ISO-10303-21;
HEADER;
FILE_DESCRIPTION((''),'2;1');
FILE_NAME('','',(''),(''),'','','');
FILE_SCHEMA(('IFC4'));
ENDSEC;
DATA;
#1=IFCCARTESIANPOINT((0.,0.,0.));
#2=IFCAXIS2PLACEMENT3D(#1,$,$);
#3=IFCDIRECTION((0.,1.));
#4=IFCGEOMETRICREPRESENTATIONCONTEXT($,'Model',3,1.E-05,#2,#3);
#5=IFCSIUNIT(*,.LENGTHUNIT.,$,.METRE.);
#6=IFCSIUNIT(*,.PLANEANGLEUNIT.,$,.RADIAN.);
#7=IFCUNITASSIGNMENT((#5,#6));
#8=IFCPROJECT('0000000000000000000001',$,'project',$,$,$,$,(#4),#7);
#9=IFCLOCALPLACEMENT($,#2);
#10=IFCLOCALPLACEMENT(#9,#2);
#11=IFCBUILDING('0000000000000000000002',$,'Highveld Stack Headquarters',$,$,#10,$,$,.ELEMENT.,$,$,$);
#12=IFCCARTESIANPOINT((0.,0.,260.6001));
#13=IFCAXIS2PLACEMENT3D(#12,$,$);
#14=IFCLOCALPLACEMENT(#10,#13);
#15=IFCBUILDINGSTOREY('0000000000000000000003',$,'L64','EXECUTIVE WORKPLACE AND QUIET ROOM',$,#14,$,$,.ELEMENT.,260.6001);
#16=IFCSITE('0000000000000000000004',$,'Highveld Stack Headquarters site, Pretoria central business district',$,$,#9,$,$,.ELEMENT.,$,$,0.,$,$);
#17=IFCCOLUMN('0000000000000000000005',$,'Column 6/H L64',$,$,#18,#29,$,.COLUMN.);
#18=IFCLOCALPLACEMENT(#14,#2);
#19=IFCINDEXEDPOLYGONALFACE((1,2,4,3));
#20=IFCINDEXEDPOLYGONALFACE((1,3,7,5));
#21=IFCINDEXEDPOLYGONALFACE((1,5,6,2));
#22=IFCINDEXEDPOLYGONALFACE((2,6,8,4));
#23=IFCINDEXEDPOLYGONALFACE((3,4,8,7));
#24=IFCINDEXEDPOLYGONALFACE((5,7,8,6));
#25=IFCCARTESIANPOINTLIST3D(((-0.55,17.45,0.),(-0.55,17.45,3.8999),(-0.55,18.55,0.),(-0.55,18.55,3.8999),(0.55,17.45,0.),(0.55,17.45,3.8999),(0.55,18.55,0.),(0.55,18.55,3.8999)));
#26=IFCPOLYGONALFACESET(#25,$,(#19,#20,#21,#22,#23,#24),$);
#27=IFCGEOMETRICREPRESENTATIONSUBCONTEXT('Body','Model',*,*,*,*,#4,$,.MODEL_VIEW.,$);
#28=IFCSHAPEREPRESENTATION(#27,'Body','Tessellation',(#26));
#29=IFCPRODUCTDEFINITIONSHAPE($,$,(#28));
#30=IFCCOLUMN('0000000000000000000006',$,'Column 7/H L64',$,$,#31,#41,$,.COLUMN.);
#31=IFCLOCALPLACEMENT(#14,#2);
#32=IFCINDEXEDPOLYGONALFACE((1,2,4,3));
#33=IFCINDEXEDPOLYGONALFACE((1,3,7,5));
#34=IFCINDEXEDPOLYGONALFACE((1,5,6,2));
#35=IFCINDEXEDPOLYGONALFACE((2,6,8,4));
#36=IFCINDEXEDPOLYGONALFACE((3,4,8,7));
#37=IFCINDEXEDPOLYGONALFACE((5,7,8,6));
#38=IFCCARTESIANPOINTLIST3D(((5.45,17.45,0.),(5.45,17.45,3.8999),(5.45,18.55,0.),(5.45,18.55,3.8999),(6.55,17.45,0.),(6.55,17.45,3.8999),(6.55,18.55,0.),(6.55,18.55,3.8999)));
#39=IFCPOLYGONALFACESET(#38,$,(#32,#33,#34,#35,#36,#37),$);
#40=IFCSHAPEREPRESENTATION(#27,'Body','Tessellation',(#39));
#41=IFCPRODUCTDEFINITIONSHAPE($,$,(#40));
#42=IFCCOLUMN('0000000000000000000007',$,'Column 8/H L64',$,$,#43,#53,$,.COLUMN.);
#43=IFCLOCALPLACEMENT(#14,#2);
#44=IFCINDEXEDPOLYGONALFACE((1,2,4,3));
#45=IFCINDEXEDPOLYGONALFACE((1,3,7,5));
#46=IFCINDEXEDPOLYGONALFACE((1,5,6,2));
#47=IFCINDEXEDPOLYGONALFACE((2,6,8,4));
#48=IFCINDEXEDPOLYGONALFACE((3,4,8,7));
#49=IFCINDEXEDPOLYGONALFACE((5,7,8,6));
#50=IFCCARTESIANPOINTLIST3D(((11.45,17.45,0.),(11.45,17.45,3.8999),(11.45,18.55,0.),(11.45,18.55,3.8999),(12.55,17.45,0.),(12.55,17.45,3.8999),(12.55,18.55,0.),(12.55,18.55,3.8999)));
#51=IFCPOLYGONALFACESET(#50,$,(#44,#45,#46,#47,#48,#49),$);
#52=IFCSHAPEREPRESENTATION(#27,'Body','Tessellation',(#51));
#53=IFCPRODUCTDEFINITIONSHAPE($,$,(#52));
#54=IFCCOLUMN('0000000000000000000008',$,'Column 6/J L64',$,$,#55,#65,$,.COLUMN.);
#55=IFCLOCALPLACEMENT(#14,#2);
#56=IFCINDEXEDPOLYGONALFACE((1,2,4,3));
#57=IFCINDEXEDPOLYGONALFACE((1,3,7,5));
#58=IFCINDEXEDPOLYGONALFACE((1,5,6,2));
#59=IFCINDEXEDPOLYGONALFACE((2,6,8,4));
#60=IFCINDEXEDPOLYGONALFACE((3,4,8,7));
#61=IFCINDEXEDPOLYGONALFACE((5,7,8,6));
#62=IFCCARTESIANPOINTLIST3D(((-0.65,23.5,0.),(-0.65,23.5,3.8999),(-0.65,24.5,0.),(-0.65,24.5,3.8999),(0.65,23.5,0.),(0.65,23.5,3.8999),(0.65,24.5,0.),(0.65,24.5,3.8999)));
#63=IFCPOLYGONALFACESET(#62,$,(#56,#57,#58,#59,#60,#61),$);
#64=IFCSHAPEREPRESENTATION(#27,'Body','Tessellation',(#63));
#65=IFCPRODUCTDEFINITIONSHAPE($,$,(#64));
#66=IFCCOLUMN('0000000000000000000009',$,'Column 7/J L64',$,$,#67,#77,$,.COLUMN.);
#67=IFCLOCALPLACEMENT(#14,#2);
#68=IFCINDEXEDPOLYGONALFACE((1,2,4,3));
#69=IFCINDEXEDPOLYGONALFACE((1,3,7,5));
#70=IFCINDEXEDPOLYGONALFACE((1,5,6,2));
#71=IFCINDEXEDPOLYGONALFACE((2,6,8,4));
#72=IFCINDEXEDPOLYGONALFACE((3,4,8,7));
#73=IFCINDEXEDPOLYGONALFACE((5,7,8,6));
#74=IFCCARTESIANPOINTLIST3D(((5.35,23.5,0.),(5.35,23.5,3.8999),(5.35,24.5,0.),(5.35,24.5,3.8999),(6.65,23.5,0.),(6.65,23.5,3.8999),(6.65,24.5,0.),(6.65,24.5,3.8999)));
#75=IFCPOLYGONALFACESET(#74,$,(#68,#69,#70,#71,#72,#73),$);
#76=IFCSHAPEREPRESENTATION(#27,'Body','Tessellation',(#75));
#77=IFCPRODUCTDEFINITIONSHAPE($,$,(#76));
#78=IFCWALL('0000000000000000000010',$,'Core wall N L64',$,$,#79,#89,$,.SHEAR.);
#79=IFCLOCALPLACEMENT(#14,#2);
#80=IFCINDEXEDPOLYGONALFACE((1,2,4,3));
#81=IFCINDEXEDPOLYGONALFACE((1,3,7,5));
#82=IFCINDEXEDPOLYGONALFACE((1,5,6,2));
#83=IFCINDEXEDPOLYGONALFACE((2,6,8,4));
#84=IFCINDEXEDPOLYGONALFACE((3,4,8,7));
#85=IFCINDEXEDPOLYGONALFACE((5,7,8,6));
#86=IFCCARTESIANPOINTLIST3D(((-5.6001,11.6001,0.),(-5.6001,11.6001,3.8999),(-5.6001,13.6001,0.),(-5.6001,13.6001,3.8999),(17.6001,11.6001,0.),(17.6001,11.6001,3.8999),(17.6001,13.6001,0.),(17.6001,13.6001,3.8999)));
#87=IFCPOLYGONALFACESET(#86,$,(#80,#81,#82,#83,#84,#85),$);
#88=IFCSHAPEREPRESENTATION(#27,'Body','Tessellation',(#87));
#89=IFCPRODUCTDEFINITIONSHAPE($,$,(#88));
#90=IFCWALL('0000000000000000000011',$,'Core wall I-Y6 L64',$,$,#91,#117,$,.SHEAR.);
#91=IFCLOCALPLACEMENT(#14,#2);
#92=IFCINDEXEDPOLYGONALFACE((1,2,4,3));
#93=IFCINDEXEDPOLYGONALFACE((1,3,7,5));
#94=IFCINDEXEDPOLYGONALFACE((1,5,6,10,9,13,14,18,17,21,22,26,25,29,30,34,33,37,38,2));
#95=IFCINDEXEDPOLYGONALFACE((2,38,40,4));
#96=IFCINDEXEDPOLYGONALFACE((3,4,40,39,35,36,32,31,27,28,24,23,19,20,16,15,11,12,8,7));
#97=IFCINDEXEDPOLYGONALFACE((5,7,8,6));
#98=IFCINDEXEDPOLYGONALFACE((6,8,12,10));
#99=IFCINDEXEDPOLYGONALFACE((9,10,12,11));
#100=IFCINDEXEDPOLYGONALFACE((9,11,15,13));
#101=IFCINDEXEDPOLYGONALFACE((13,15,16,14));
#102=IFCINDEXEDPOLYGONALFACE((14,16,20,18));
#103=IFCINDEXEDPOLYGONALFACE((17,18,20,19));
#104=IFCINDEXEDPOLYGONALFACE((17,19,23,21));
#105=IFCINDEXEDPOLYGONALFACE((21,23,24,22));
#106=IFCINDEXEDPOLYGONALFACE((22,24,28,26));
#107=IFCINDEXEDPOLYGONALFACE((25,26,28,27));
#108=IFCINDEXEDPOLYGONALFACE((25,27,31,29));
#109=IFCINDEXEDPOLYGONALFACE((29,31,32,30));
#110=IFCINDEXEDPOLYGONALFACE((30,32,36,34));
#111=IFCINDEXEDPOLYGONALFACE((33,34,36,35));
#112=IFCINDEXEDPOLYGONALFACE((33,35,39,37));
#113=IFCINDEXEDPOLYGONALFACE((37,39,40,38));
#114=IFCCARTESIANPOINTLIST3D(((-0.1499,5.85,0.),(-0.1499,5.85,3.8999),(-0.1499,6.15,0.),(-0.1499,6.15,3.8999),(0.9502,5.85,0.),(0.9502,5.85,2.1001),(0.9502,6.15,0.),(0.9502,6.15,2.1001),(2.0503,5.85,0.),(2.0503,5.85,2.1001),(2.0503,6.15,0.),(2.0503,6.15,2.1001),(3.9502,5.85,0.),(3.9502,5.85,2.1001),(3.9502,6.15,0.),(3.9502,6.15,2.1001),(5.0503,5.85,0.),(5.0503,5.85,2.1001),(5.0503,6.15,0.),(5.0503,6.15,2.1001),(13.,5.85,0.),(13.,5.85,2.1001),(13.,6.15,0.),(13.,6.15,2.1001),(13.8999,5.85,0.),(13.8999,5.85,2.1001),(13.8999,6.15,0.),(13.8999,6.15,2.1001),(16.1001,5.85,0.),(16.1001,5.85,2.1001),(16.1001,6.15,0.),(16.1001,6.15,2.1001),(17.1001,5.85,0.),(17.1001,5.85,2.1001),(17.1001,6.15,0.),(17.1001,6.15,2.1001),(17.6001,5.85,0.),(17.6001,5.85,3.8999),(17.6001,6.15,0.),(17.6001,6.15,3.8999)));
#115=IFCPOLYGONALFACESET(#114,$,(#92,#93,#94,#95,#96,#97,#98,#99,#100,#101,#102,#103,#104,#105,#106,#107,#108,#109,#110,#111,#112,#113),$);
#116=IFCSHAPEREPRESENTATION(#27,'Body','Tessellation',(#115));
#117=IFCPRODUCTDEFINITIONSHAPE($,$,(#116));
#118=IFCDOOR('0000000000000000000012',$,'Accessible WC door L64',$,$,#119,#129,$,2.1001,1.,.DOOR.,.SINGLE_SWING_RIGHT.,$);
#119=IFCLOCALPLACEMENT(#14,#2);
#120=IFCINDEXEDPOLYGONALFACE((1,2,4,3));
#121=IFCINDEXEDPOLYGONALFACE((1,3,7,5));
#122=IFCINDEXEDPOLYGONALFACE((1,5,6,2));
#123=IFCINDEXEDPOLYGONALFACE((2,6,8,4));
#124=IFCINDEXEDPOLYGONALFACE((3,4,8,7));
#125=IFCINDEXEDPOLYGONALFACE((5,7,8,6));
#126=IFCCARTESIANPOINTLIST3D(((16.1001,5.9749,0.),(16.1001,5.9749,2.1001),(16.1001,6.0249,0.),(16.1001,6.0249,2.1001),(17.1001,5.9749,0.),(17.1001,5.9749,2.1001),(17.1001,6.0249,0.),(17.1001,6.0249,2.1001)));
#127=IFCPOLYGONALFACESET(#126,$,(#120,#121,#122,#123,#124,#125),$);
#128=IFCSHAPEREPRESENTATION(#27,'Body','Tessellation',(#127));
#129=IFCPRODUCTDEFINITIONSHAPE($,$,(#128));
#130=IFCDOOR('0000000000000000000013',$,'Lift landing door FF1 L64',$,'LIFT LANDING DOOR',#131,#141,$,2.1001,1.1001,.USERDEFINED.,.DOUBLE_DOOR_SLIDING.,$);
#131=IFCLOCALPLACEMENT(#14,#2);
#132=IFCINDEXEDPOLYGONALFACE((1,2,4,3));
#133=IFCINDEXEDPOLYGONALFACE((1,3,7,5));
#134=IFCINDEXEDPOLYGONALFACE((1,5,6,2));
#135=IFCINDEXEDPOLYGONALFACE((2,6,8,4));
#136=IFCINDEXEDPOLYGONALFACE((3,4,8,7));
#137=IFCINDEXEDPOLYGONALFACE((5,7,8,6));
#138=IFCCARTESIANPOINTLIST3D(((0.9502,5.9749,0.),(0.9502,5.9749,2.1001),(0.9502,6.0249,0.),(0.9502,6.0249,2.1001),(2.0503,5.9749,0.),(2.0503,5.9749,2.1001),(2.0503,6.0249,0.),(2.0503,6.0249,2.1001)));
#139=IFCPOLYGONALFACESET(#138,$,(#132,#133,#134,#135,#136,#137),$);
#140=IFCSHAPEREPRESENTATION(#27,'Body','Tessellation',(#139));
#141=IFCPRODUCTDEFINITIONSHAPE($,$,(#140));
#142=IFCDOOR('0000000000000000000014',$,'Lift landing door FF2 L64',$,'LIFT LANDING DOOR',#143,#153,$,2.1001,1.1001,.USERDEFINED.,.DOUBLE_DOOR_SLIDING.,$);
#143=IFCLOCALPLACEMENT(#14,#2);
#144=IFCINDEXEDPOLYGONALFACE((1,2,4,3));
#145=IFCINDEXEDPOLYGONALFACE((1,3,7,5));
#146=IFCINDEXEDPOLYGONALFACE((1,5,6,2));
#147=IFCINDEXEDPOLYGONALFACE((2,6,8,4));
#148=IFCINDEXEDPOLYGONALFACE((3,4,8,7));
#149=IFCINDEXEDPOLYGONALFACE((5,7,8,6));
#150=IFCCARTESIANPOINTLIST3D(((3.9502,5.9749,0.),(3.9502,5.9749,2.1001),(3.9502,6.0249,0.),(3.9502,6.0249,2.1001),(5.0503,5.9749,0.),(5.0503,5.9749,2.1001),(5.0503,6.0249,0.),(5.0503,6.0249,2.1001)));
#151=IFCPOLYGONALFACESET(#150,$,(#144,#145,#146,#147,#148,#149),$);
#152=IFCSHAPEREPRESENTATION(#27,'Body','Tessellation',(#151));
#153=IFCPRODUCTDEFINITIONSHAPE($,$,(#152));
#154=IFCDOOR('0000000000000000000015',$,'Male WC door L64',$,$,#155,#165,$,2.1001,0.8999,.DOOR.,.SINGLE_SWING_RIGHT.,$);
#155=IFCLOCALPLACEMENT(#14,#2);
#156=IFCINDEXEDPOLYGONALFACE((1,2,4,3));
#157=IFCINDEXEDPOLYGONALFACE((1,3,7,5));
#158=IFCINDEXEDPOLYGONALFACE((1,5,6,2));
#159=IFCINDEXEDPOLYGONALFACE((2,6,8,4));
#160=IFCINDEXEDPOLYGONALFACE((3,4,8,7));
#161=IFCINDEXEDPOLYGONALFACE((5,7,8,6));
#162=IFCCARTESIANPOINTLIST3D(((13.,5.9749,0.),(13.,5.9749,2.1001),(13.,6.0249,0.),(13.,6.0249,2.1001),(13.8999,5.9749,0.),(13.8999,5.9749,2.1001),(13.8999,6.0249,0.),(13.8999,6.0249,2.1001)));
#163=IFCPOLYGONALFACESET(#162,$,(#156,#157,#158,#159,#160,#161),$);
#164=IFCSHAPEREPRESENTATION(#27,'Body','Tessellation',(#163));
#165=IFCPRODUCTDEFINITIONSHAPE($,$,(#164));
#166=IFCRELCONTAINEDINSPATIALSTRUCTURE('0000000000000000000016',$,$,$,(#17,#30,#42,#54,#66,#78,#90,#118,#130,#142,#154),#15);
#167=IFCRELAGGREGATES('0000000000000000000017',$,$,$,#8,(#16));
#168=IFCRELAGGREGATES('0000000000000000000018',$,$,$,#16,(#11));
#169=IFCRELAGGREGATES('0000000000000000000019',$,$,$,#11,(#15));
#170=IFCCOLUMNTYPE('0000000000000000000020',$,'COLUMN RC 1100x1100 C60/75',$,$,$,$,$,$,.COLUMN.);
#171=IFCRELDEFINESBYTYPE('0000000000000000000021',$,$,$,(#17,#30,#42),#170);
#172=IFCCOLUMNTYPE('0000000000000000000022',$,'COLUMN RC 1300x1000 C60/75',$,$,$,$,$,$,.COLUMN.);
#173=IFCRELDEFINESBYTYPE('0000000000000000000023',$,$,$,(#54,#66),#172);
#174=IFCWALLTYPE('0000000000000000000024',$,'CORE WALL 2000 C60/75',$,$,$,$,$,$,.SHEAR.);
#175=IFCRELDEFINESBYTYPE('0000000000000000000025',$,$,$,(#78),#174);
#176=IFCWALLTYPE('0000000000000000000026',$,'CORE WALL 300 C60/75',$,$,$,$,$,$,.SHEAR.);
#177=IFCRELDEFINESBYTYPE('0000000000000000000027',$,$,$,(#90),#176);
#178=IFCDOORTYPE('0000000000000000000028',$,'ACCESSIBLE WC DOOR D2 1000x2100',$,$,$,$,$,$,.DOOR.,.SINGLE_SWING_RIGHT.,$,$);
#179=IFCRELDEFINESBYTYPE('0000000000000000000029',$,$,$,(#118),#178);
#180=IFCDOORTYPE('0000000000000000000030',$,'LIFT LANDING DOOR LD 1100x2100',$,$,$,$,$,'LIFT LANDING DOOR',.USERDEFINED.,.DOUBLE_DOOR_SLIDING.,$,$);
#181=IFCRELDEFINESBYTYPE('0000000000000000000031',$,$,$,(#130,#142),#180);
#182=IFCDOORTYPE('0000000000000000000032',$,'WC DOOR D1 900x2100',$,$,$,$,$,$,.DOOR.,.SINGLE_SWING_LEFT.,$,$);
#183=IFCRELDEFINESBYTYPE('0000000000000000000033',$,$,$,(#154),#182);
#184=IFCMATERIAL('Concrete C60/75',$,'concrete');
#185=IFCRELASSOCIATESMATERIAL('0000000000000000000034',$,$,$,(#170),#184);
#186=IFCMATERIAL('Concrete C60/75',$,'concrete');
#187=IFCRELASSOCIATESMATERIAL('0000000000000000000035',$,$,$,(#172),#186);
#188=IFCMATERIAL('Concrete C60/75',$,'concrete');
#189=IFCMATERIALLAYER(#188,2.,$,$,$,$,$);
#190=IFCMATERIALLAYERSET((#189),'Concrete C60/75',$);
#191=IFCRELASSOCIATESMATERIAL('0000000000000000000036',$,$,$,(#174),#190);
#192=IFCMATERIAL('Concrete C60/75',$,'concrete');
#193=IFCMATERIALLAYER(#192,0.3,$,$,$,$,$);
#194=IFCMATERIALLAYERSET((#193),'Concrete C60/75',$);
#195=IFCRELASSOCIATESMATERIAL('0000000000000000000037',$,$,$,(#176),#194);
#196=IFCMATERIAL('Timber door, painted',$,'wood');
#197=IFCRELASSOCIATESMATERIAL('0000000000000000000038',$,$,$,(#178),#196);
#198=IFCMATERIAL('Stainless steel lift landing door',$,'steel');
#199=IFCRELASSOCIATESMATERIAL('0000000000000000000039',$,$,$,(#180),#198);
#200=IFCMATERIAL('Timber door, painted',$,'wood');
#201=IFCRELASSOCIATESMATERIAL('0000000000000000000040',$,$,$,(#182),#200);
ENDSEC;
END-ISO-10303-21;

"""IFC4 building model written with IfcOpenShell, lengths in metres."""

from ifc_helpers import new_model, si_unit, direction, frame, frame_2d, origin, origin_2d, place, context, subcontext, project, spatial, rectangle, extrude, material, layer, layer_set, material_profile, profile_set, type_object, element, fill, save


model = new_model("IFC4")

# Units and contexts
model_context = context("Model", 3, precision=1e-05, world=origin(), true_north=direction((0.0, 1.0)))
body_context = subcontext(model_context, "Body", "Model", "MODEL_VIEW")
ifc_project = project(units=[si_unit("LENGTHUNIT", "METRE"), si_unit("PLANEANGLEUNIT", "RADIAN")], contexts=[model_context])

# Site, building, storey
site_placement = place(None, origin())
site = spatial("IfcSite", under=ifc_project, at=site_placement, Name="Highveld Stack Headquarters site, Pretoria central business district", CompositionType="ELEMENT", RefElevation=0.0)
building_placement = place(site_placement, origin())
building = spatial("IfcBuilding", under=site, at=building_placement, Name="Highveld Stack Headquarters", CompositionType="ELEMENT")
storey_placement = place(building_placement, frame((0.0, 0.0, 260.6001)))
storey = spatial("IfcBuildingStorey", under=building, at=storey_placement, Name="L64", Description="EXECUTIVE WORKPLACE AND QUIET ROOM", CompositionType="ELEMENT", Elevation=260.6001)

# Columns
ifc_material_1 = material(Name="Concrete C60/75", Category="concrete")
ifc_material_profile_1 = material_profile(ifc_material_1, rectangle(XDim=1.1001, YDim=1.1001, at=origin_2d()), Name="RC 1100x1100")
ifc_profile_set_1 = profile_set([ifc_material_profile_1], Name="Concrete C60/75")
column_type_1 = type_object("IfcColumnType", Name="COLUMN RC 1100x1100 C60/75", PredefinedType="COLUMN", material=ifc_profile_set_1)
for number, where, z_axis, x_axis, name in (
    (1, (0.0, 18.0, 0.0), (0.0, 0.0, 1.0), (1.0, 0.0, 0.0), "Column 6/H L64"),
    (2, (6.0, 18.0, 0.0), (0.0, 0.0, 1.0), (1.0, 0.0, 0.0), "Column 7/H L64"),
    (3, (12.0, 18.0, 0.0), (0.0, 0.0, 1.0), (1.0, 0.0, 0.0), "Column 8/H L64"),
):
    element("IfcColumn", number, at=place(storey_placement, frame(where, z_axis=z_axis, x_axis=x_axis)), inside=storey, type_object=column_type_1, Name=name, PredefinedType="COLUMN", context=body_context, shape_type="SweptSolid", body=[
        extrude(rectangle(XDim=1.1001, YDim=1.1001, at=origin_2d()), origin(), (0.0, 0.0, 1.0), 3.8999),
    ])
ifc_material_2 = material(Name="Concrete C60/75", Category="concrete")
ifc_material_profile_2 = material_profile(ifc_material_2, rectangle(XDim=1.3, YDim=1.0, at=origin_2d()), Name="RC 1300x1000")
ifc_profile_set_2 = profile_set([ifc_material_profile_2], Name="Concrete C60/75")
column_type_2 = type_object("IfcColumnType", Name="COLUMN RC 1300x1000 C60/75", PredefinedType="COLUMN", material=ifc_profile_set_2)
for number, where, z_axis, x_axis, name in (
    (4, (0.0, 24.0, 0.0), (0.0, 0.0, 1.0), (1.0, 0.0, 0.0), "Column 6/J L64"),
    (5, (6.0, 24.0, 0.0), (0.0, 0.0, 1.0), (1.0, 0.0, 0.0), "Column 7/J L64"),
):
    element("IfcColumn", number, at=place(storey_placement, frame(where, z_axis=z_axis, x_axis=x_axis)), inside=storey, type_object=column_type_2, Name=name, PredefinedType="COLUMN", context=body_context, shape_type="SweptSolid", body=[
        extrude(rectangle(XDim=1.3, YDim=1.0, at=origin_2d()), origin(), (0.0, 0.0, 1.0), 3.8999),
    ])

# Wall
ifc_material_3 = material(Name="Concrete C60/75", Category="concrete")
ifc_layer_1 = layer(ifc_material_3, 2.0)
ifc_layer_set_1 = layer_set([ifc_layer_1], Name="Concrete C60/75")
wall_type_1 = type_object("IfcWallType", Name="CORE WALL 2000 C60/75", PredefinedType="SHEAR", material=ifc_layer_set_1)
wall_1_placement = place(storey_placement, frame((-5.6001, 12.6001, 0.0), z_axis=(0.0, 0.0, 1.0), x_axis=(1.0, 0.0, 0.0)))
element("IfcWall", 6, at=wall_1_placement, inside=storey, type_object=wall_type_1, Name="Core wall N L64", PredefinedType="SHEAR", context=body_context, shape_type="SweptSolid", body=[
    extrude(rectangle(XDim=23.2002, YDim=2.0, at=frame_2d((11.6001, 0.0))), origin(), (0.0, 0.0, 1.0), 3.8999),
])

# Wall, openings, doors
ifc_material_4 = material(Name="Concrete C60/75", Category="concrete")
ifc_layer_2 = layer(ifc_material_4, 0.3)
ifc_layer_set_2 = layer_set([ifc_layer_2], Name="Concrete C60/75")
wall_type_2 = type_object("IfcWallType", Name="CORE WALL 300 C60/75", PredefinedType="SHEAR", material=ifc_layer_set_2)
wall_2_placement = place(storey_placement, frame((-0.1499, 6.0, 0.0), z_axis=(0.0, 0.0, 1.0), x_axis=(1.0, 0.0, 0.0)))
wall_2 = element("IfcWall", 7, at=wall_2_placement, inside=storey, type_object=wall_type_2, Name="Core wall I-Y6 L64", PredefinedType="SHEAR", context=body_context, shape_type="SweptSolid", body=[
    extrude(rectangle(XDim=17.75, YDim=0.3, at=frame_2d((8.875, 0.0))), origin(), (0.0, 0.0, 1.0), 3.8999),
])
opening_1_placement = place(wall_2_placement, frame((13.1499, 0.0, 0.0)))
opening_1 = element("IfcOpeningElement", 8, at=opening_1_placement, cuts=wall_2, PredefinedType="OPENING", context=body_context, shape_type="SweptSolid", body=[
    extrude(rectangle(XDim=0.8999, YDim=2.1001, at=frame_2d((0.45, 1.05))), frame((0.0, 0.1599, 0.0), z_axis=(0.0, -1.0, 0.0), x_axis=(1.0, 0.0, 0.0)), (0.0, 0.0, 1.0), 0.3201),
])
opening_2_placement = place(wall_2_placement, frame((16.25, 0.0, 0.0)))
opening_2 = element("IfcOpeningElement", 9, at=opening_2_placement, cuts=wall_2, PredefinedType="OPENING", context=body_context, shape_type="SweptSolid", body=[
    extrude(rectangle(XDim=1.0, YDim=2.1001, at=frame_2d((0.5, 1.05))), frame((0.0, 0.1599, 0.0), z_axis=(0.0, -1.0, 0.0), x_axis=(1.0, 0.0, 0.0)), (0.0, 0.0, 1.0), 0.3201),
])
opening_3_placement = place(wall_2_placement, frame((1.1001, 0.0, 0.0)))
opening_3 = element("IfcOpeningElement", 10, at=opening_3_placement, cuts=wall_2, PredefinedType="OPENING", context=body_context, shape_type="SweptSolid", body=[
    extrude(rectangle(XDim=1.1001, YDim=2.1001, at=frame_2d((0.55, 1.05))), frame((0.0, 0.1599, 0.0), z_axis=(0.0, -1.0, 0.0), x_axis=(1.0, 0.0, 0.0)), (0.0, 0.0, 1.0), 0.3201),
])
opening_4_placement = place(wall_2_placement, frame((4.1001, 0.0, 0.0)))
opening_4 = element("IfcOpeningElement", 11, at=opening_4_placement, cuts=wall_2, PredefinedType="OPENING", context=body_context, shape_type="SweptSolid", body=[
    extrude(rectangle(XDim=1.1001, YDim=2.1001, at=frame_2d((0.55, 1.05))), frame((0.0, 0.1599, 0.0), z_axis=(0.0, -1.0, 0.0), x_axis=(1.0, 0.0, 0.0)), (0.0, 0.0, 1.0), 0.3201),
])
ifc_material_5 = material(Name="Timber door, painted", Category="wood")
door_type_1 = type_object("IfcDoorType", Name="ACCESSIBLE WC DOOR D2 1000x2100", OperationType="SINGLE_SWING_RIGHT", PredefinedType="DOOR", material=ifc_material_5)
door_1_placement = place(opening_2_placement, origin())
door_1 = element("IfcDoor", 12, at=door_1_placement, inside=storey, type_object=door_type_1, Name="Accessible WC door L64", OperationType="SINGLE_SWING_RIGHT", OverallHeight=2.1001, OverallWidth=1.0, PredefinedType="DOOR", context=body_context, shape_type="SweptSolid", body=[
    extrude(rectangle(XDim=1.0, YDim=2.1001, at=frame_2d((0.5, 1.05))), frame((0.0, 0.0249, 0.0), z_axis=(0.0, -1.0, 0.0), x_axis=(1.0, 0.0, 0.0)), (0.0, 0.0, 1.0), 0.05),
])
fill(opening_2, door_1)
ifc_material_6 = material(Name="Stainless steel lift landing door", Category="steel")
door_type_2 = type_object("IfcDoorType", Name="LIFT LANDING DOOR LD 1100x2100", ElementType="LIFT LANDING DOOR", OperationType="DOUBLE_DOOR_SLIDING", PredefinedType="USERDEFINED", material=ifc_material_6)
door_2_placement = place(opening_3_placement, origin())
door_2 = element("IfcDoor", 13, at=door_2_placement, inside=storey, type_object=door_type_2, Name="Lift landing door FF1 L64", ObjectType="LIFT LANDING DOOR", OperationType="DOUBLE_DOOR_SLIDING", OverallHeight=2.1001, OverallWidth=1.1001, PredefinedType="USERDEFINED", context=body_context, shape_type="SweptSolid", body=[
    extrude(rectangle(XDim=1.1001, YDim=2.1001, at=frame_2d((0.55, 1.05))), frame((0.0, 0.0249, 0.0), z_axis=(0.0, -1.0, 0.0), x_axis=(1.0, 0.0, 0.0)), (0.0, 0.0, 1.0), 0.05),
])
fill(opening_3, door_2)
door_3_placement = place(opening_4_placement, origin())
door_3 = element("IfcDoor", 14, at=door_3_placement, inside=storey, type_object=door_type_2, Name="Lift landing door FF2 L64", ObjectType="LIFT LANDING DOOR", OperationType="DOUBLE_DOOR_SLIDING", OverallHeight=2.1001, OverallWidth=1.1001, PredefinedType="USERDEFINED", context=body_context, shape_type="SweptSolid", body=[
    extrude(rectangle(XDim=1.1001, YDim=2.1001, at=frame_2d((0.55, 1.05))), frame((0.0, 0.0249, 0.0), z_axis=(0.0, -1.0, 0.0), x_axis=(1.0, 0.0, 0.0)), (0.0, 0.0, 1.0), 0.05),
])
fill(opening_4, door_3)
ifc_material_7 = material(Name="Timber door, painted", Category="wood")
door_type_3 = type_object("IfcDoorType", Name="WC DOOR D1 900x2100", OperationType="SINGLE_SWING_LEFT", PredefinedType="DOOR", material=ifc_material_7)
door_4_placement = place(opening_1_placement, origin())
door_4 = element("IfcDoor", 15, at=door_4_placement, inside=storey, type_object=door_type_3, Name="Male WC door L64", OperationType="SINGLE_SWING_RIGHT", OverallHeight=2.1001, OverallWidth=0.8999, PredefinedType="DOOR", context=body_context, shape_type="SweptSolid", body=[
    extrude(rectangle(XDim=0.8999, YDim=2.1001, at=frame_2d((0.45, 1.05))), frame((0.0, 0.0249, 0.0), z_axis=(0.0, -1.0, 0.0), x_axis=(1.0, 0.0, 0.0)), (0.0, 0.0, 1.0), 0.05),
])
fill(opening_1, door_4)

save(model, "model.ifc")
